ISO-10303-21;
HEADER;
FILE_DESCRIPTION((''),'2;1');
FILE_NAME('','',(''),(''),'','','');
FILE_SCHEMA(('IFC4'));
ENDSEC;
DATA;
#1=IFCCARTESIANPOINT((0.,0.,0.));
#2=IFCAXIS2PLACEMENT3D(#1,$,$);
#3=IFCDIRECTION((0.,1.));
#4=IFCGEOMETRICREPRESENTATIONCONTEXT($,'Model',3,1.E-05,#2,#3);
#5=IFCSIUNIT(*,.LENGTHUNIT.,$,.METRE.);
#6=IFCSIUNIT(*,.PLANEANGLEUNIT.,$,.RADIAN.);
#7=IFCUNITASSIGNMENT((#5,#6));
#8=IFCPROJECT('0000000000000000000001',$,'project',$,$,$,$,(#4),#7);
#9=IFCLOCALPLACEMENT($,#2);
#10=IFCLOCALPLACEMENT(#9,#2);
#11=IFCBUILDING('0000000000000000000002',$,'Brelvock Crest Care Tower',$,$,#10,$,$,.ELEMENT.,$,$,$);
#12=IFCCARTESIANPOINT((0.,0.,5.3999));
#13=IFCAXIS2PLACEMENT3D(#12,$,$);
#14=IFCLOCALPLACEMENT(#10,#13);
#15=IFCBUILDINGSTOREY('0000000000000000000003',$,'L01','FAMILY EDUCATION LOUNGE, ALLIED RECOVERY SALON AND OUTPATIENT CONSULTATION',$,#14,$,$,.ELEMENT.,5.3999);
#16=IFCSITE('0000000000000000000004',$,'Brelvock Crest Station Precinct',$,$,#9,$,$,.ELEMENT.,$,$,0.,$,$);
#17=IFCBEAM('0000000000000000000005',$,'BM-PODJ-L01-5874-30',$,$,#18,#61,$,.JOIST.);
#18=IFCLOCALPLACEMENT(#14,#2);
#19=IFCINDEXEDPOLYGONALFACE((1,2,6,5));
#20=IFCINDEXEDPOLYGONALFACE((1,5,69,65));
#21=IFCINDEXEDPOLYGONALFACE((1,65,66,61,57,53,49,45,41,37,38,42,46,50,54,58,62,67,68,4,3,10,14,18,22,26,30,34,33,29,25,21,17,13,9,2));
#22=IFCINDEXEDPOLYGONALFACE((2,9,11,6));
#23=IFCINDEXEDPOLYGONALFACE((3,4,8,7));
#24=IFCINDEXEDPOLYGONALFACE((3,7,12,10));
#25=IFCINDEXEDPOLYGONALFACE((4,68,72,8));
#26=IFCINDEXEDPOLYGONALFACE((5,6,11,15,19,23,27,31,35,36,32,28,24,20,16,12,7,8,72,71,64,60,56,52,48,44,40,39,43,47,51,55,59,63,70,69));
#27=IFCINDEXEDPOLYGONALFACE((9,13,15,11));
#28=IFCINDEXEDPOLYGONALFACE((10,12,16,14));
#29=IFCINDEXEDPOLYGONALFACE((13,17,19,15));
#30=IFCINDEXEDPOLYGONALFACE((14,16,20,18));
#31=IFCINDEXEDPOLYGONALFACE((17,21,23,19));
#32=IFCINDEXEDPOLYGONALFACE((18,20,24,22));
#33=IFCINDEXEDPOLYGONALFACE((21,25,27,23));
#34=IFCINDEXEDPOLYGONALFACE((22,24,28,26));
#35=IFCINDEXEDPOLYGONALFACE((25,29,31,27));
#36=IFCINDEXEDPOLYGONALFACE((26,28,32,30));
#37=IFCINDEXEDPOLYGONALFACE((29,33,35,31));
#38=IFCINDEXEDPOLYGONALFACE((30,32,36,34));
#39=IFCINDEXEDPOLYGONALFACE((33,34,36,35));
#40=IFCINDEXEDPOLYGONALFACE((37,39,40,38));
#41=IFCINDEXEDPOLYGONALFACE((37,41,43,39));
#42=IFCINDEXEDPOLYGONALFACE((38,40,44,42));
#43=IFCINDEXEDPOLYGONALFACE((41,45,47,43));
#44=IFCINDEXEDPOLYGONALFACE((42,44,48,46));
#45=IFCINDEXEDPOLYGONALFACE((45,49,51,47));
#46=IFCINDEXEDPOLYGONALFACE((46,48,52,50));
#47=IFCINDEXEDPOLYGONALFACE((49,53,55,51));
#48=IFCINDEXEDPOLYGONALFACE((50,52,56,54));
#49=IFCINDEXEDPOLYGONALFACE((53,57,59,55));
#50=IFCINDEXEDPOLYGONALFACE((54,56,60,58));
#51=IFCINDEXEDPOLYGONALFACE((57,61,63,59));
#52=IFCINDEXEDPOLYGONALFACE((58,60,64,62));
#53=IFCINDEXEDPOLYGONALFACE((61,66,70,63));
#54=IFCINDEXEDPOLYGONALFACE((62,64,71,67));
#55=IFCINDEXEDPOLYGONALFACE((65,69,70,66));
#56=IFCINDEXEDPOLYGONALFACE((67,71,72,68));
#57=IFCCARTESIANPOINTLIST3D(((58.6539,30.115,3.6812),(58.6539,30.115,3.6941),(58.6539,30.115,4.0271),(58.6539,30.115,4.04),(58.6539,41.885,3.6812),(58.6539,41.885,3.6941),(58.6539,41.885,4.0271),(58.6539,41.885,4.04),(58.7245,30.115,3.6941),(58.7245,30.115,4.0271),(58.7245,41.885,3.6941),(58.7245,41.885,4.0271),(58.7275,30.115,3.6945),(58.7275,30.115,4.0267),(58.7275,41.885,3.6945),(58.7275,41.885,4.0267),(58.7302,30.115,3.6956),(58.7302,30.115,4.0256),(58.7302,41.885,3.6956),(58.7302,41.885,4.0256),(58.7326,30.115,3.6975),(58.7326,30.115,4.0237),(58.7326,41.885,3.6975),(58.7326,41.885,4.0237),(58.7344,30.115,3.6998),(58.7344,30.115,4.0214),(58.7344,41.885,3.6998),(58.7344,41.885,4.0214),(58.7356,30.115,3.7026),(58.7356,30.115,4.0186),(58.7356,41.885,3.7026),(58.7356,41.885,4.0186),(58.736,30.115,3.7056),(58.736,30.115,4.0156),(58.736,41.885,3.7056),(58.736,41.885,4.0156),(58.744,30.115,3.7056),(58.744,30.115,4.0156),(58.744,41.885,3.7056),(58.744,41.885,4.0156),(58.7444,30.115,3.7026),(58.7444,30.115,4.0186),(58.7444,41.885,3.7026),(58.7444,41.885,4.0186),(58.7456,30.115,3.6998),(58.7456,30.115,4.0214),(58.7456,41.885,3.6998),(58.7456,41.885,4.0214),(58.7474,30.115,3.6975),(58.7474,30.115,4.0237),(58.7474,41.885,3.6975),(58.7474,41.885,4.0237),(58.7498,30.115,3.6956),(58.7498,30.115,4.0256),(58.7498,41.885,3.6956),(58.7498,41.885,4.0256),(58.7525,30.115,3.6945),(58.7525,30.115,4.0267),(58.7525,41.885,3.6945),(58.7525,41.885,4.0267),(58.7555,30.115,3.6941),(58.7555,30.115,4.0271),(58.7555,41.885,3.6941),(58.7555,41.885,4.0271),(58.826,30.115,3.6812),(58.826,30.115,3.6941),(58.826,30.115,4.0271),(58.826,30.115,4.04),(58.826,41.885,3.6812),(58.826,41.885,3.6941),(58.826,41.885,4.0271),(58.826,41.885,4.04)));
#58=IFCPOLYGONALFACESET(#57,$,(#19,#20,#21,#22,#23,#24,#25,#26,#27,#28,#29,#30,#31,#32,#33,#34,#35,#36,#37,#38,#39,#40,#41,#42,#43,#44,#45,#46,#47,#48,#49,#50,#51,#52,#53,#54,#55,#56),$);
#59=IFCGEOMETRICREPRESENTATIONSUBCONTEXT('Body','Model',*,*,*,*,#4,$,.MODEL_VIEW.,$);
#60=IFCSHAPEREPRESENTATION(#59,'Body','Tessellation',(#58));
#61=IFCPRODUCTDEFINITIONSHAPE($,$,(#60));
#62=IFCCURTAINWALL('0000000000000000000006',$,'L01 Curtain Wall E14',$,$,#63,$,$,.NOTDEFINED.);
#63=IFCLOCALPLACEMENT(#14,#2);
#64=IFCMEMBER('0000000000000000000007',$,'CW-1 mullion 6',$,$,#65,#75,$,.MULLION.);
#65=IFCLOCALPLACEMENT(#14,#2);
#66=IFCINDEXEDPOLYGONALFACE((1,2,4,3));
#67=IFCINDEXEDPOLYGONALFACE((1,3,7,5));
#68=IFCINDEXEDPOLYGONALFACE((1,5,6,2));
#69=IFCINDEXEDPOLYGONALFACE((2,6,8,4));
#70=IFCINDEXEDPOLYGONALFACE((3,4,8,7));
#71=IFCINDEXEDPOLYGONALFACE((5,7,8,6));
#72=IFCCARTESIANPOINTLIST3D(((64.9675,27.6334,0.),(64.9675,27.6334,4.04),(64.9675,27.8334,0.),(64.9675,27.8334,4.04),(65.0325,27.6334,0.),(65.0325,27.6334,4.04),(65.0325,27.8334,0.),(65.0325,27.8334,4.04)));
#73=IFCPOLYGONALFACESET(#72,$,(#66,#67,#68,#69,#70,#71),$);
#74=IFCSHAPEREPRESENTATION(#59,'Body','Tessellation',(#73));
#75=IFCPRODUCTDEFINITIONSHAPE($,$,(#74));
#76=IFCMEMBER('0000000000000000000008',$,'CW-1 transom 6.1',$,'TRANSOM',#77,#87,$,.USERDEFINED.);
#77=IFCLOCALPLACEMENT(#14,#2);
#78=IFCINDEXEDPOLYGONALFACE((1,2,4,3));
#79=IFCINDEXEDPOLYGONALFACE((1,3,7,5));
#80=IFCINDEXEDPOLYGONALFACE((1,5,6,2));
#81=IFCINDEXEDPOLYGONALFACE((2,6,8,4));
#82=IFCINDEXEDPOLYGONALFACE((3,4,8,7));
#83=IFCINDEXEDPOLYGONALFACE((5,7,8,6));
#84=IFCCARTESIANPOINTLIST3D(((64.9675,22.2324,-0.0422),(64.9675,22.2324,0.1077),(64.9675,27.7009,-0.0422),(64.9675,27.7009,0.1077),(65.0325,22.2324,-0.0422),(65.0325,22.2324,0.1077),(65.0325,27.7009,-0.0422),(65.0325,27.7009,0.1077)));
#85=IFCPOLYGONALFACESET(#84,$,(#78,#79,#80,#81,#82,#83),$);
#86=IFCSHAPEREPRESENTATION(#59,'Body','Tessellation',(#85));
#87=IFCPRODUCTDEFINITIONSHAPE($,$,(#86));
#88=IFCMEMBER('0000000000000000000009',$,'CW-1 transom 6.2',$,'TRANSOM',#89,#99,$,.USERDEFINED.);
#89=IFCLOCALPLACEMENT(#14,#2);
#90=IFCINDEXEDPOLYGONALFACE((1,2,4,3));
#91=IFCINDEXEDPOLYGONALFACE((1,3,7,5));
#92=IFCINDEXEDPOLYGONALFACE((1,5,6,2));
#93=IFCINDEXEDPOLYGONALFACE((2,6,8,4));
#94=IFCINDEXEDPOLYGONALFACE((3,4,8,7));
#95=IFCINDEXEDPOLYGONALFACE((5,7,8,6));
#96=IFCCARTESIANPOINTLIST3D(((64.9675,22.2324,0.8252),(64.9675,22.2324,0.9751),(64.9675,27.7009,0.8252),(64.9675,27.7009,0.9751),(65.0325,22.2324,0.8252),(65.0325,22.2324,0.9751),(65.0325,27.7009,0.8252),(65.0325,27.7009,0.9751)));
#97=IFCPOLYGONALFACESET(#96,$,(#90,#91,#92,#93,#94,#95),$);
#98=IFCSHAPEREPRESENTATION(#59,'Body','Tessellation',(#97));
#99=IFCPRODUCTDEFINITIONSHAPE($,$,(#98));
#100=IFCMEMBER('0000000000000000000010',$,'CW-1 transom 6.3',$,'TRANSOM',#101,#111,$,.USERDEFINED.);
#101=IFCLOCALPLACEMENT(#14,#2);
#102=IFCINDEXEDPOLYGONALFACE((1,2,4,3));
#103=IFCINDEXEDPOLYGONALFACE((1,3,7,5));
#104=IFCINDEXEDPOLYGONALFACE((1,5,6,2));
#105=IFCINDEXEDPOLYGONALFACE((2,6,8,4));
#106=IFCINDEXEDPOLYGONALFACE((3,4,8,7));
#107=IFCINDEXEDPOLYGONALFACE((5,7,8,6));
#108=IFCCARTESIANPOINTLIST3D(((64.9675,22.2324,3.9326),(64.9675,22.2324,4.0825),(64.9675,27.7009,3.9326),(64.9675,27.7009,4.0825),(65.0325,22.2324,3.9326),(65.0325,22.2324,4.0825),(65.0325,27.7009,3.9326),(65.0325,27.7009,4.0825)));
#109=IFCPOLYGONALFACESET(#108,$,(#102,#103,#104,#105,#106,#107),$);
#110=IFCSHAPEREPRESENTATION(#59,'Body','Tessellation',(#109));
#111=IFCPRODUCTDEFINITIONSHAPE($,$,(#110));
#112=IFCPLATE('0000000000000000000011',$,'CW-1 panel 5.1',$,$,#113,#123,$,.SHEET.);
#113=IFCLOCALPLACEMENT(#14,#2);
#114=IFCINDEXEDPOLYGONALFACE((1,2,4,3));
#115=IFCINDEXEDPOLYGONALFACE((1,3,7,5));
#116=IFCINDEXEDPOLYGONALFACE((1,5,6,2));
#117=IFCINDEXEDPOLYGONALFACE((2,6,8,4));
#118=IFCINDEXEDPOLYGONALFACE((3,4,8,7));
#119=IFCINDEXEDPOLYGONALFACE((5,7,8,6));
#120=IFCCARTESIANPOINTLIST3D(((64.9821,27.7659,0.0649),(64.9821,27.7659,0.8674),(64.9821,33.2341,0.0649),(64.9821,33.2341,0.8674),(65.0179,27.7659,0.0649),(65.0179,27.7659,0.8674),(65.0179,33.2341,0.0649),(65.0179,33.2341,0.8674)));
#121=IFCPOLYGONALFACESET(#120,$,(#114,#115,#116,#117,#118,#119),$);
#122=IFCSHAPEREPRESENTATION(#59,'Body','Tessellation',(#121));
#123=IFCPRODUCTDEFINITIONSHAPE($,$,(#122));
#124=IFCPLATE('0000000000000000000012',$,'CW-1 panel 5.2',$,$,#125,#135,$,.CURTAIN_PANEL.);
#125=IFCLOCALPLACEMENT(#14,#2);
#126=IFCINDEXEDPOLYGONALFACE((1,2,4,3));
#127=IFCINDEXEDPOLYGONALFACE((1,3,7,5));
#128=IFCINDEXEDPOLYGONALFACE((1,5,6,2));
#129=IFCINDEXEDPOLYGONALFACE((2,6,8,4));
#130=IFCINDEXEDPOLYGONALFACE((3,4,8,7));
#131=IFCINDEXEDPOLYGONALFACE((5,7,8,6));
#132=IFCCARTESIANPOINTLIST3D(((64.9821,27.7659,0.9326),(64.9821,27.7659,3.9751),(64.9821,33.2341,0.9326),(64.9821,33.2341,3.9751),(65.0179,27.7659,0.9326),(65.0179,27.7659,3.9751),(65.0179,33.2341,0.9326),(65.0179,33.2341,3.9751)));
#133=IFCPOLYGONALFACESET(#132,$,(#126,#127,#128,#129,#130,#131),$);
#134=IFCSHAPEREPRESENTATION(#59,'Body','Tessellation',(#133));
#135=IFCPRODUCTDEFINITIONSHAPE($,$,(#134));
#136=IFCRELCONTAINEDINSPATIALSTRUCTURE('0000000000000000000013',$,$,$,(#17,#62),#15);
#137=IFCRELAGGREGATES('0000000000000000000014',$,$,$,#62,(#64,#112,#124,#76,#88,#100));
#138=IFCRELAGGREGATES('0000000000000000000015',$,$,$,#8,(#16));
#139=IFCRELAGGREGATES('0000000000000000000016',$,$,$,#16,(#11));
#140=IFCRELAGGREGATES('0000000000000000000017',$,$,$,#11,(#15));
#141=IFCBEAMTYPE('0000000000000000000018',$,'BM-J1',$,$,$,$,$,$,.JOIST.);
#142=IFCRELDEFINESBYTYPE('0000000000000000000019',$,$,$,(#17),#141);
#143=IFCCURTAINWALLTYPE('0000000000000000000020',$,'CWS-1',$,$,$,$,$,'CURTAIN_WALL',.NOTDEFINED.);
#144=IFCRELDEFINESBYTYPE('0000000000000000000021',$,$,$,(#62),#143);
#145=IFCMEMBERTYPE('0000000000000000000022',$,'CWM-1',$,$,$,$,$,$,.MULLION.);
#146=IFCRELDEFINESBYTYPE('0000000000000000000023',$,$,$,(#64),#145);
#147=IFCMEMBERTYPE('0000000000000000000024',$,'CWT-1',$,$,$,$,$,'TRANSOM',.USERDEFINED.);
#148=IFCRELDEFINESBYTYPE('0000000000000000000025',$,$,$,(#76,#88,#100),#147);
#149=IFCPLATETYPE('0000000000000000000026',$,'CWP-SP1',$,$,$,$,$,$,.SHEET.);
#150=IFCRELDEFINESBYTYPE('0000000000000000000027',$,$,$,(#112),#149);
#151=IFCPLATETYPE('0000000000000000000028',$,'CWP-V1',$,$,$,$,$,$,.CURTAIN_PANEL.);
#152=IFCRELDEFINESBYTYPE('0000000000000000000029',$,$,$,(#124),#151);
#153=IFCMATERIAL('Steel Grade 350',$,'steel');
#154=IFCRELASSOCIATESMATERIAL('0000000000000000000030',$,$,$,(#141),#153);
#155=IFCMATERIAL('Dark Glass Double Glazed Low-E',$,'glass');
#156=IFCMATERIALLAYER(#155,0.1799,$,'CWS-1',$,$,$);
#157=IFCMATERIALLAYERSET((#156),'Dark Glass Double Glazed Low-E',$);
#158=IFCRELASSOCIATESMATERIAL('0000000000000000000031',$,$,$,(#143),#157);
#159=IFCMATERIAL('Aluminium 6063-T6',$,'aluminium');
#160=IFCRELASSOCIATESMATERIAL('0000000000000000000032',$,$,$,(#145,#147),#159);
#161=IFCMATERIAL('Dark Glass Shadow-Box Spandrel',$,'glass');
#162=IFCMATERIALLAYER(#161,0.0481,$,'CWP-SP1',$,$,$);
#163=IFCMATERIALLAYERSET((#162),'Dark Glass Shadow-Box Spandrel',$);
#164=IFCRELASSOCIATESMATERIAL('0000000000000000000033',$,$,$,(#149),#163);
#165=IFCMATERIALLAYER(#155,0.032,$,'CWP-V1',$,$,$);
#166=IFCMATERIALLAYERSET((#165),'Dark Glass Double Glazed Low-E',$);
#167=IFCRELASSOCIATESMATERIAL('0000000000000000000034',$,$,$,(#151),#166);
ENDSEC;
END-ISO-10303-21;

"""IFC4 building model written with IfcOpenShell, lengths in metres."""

from ifc_helpers import new_model, si_unit, direction, frame, origin, origin_2d, place, context, subcontext, project, spatial, rectangle, i_section, extrude, source, transform, mapped, material, layer, layer_set, material_profile, profile_set, type_object, element, aggregate, save


model = new_model("IFC4")

# Units and contexts
model_context = context("Model", 3, precision=1e-05, world=origin(), true_north=direction((0.0, 1.0)))
body_context = subcontext(model_context, "Body", "Model", "MODEL_VIEW")
ifc_project = project(units=[si_unit("LENGTHUNIT", "METRE"), si_unit("PLANEANGLEUNIT", "RADIAN")], contexts=[model_context])

# Site, building, storey
site_placement = place(None, origin())
site = spatial("IfcSite", under=ifc_project, at=site_placement, Name="Brelvock Crest Station Precinct", CompositionType="ELEMENT", RefElevation=0.0)
building_placement = place(site_placement, origin())
building = spatial("IfcBuilding", under=site, at=building_placement, Name="Brelvock Crest Care Tower", CompositionType="ELEMENT")
storey_placement = place(building_placement, frame((0.0, 0.0, 5.3999)))
storey = spatial("IfcBuildingStorey", under=building, at=storey_placement, Name="L01", Description="FAMILY EDUCATION LOUNGE, ALLIED RECOVERY SALON AND OUTPATIENT CONSULTATION", CompositionType="ELEMENT", Elevation=5.3999)

# Shared definitions
ifc_material_1 = material(Name="Steel Grade 350", Category="steel")

# Beam
ifc_material_profile_1 = material_profile(ifc_material_1, i_section(OverallWidth=0.1721, OverallDepth=0.3589, WebThickness=0.0081, FlangeThickness=0.0129, FilletRadius=0.0115, at=origin_2d()), Name="360UB56.7")
ifc_profile_set_1 = profile_set([ifc_material_profile_1], Name="Steel Grade 350")
beam_type_1 = type_object("IfcBeamType", Name="BM-J1", PredefinedType="JOIST", material=ifc_profile_set_1)
shared_shape_1 = source(origin(), body_context, "Body", "SweptSolid", [
    extrude(i_section(OverallWidth=0.1721, OverallDepth=0.3589, WebThickness=0.0081, FlangeThickness=0.0129, FilletRadius=0.0115, at=origin_2d()), origin(), (0.0, 0.0, 1.0), 11.77),
])
for number, where, z_axis, x_axis, name in (
    (1, (58.74, 30.115, 3.8606), (0.0, 1.0, 0.0), (-1.0, 0.0, 0.0), "BM-PODJ-L01-5874-30"),
):
    element("IfcBeam", number, at=place(storey_placement, frame(where, z_axis=z_axis, x_axis=x_axis)), inside=storey, type_object=beam_type_1, Name=name, PredefinedType="JOIST", context=body_context, shape_type="MappedRepresentation", body=[
        mapped(shared_shape_1, transform((0.0, 0.0, 0.0), x_axis=(1.0, 0.0, 0.0), y_axis=(0.0, 1.0, 0.0), z_axis=(0.0, 0.0, 1.0), scale=1.0)),
    ])

# Curtain wall, members, plates
ifc_material_2 = material(Name="Dark Glass Double Glazed Low-E", Category="glass")
ifc_layer_1 = layer(ifc_material_2, 0.1799, Name="CWS-1")
ifc_layer_set_1 = layer_set([ifc_layer_1], Name="Dark Glass Double Glazed Low-E")
curtain_wall_type = type_object("IfcCurtainWallType", Name="CWS-1", ElementType="CURTAIN_WALL", PredefinedType="NOTDEFINED", material=ifc_layer_set_1)
curtain_wall_placement = place(storey_placement, origin())
curtain_wall = element("IfcCurtainWall", 2, at=curtain_wall_placement, inside=storey, type_object=curtain_wall_type, Name="L01 Curtain Wall E14", PredefinedType="NOTDEFINED")
ifc_material_3 = material(Name="Aluminium 6063-T6", Category="aluminium")
ifc_material_profile_2 = material_profile(ifc_material_3, rectangle(XDim=0.0649, YDim=0.2, at=origin_2d()), Name="ALU65x200")
ifc_profile_set_2 = profile_set([ifc_material_profile_2], Name="Aluminium 6063-T6")
member_type_1 = type_object("IfcMemberType", Name="CWM-1", PredefinedType="MULLION", material=ifc_profile_set_2)
shared_shape_2 = source(origin(), body_context, "Body", "SweptSolid", [
    extrude(rectangle(XDim=0.0649, YDim=0.2, at=origin_2d()), origin(), (0.0, 0.0, 1.0), 4.04),
])
member_1_placement = place(storey_placement, frame((65.0, 27.7334, 0.0), z_axis=(0.0, 0.0, 1.0), x_axis=(1.0, 0.0, 0.0)))
member_1 = element("IfcMember", 3, at=member_1_placement, type_object=member_type_1, Name="CW-1 mullion 6", PredefinedType="MULLION", context=body_context, shape_type="MappedRepresentation", body=[
    mapped(shared_shape_2, transform((0.0, 0.0, 0.0), x_axis=(1.0, 0.0, 0.0), y_axis=(0.0, 1.0, 0.0), z_axis=(0.0, 0.0, 1.0), scale=1.0)),
])
ifc_material_profile_3 = material_profile(ifc_material_3, rectangle(XDim=0.0649, YDim=0.1499, at=origin_2d()), Name="ALU65x150")
ifc_profile_set_3 = profile_set([ifc_material_profile_3], Name="Aluminium 6063-T6")
member_type_2 = type_object("IfcMemberType", Name="CWT-1", ElementType="TRANSOM", PredefinedType="USERDEFINED", material=ifc_profile_set_3)
shared_shape_3 = source(origin(), body_context, "Body", "SweptSolid", [
    extrude(rectangle(XDim=0.0649, YDim=0.1499, at=origin_2d()), origin(), (0.0, 0.0, 1.0), 5.4685),
])
member_2_placement = place(storey_placement, frame((65.0, 27.7009, 0.0327), z_axis=(0.0, -1.0, 0.0), x_axis=(1.0, 0.0, 0.0)))
member_2 = element("IfcMember", 4, at=member_2_placement, type_object=member_type_2, Name="CW-1 transom 6.1", ObjectType="TRANSOM", PredefinedType="USERDEFINED", context=body_context, shape_type="MappedRepresentation", body=[
    mapped(shared_shape_3, transform((0.0, 0.0, 0.0), x_axis=(1.0, 0.0, 0.0), y_axis=(0.0, 1.0, 0.0), z_axis=(0.0, 0.0, 1.0), scale=1.0)),
])
member_3_placement = place(storey_placement, frame((65.0, 27.7009, 0.9001), z_axis=(0.0, -1.0, 0.0), x_axis=(1.0, 0.0, 0.0)))
member_3 = element("IfcMember", 5, at=member_3_placement, type_object=member_type_2, Name="CW-1 transom 6.2", ObjectType="TRANSOM", PredefinedType="USERDEFINED", context=body_context, shape_type="MappedRepresentation", body=[
    mapped(shared_shape_3, transform((0.0, 0.0, 0.0), x_axis=(1.0, 0.0, 0.0), y_axis=(0.0, 1.0, 0.0), z_axis=(0.0, 0.0, 1.0), scale=1.0)),
])
member_4_placement = place(storey_placement, frame((65.0, 27.7009, 4.0076), z_axis=(0.0, -1.0, 0.0), x_axis=(1.0, 0.0, 0.0)))
member_4 = element("IfcMember", 6, at=member_4_placement, type_object=member_type_2, Name="CW-1 transom 6.3", ObjectType="TRANSOM", PredefinedType="USERDEFINED", context=body_context, shape_type="MappedRepresentation", body=[
    mapped(shared_shape_3, transform((0.0, 0.0, 0.0), x_axis=(1.0, 0.0, 0.0), y_axis=(0.0, 1.0, 0.0), z_axis=(0.0, 0.0, 1.0), scale=1.0)),
])
ifc_material_4 = material(Name="Dark Glass Shadow-Box Spandrel", Category="glass")
ifc_layer_2 = layer(ifc_material_4, 0.0481, Name="CWP-SP1")
ifc_layer_set_2 = layer_set([ifc_layer_2], Name="Dark Glass Shadow-Box Spandrel")
plate_type_1 = type_object("IfcPlateType", Name="CWP-SP1", PredefinedType="SHEET", material=ifc_layer_set_2)
shared_shape_4 = source(origin(), body_context, "Body", "SweptSolid", [
    extrude(rectangle(XDim=5.4683, YDim=0.0359, at=origin_2d()), origin(), (0.0, 0.0, 1.0), 0.8025),
])
plate_1_placement = place(storey_placement, frame((65.0, 30.5, 0.0649), z_axis=(0.0, 0.0, 1.0), x_axis=(0.0, -1.0, 0.0)))
plate_1 = element("IfcPlate", 7, at=plate_1_placement, type_object=plate_type_1, Name="CW-1 panel 5.1", PredefinedType="SHEET", context=body_context, shape_type="MappedRepresentation", body=[
    mapped(shared_shape_4, transform((0.0, 0.0, 0.0), x_axis=(1.0, 0.0, 0.0), y_axis=(0.0, 1.0, 0.0), z_axis=(0.0, 0.0, 1.0), scale=1.0)),
])
ifc_layer_3 = layer(ifc_material_2, 0.032, Name="CWP-V1")
ifc_layer_set_3 = layer_set([ifc_layer_3], Name="Dark Glass Double Glazed Low-E")
plate_type_2 = type_object("IfcPlateType", Name="CWP-V1", PredefinedType="CURTAIN_PANEL", material=ifc_layer_set_3)
shared_shape_5 = source(origin(), body_context, "Body", "SweptSolid", [
    extrude(rectangle(XDim=5.4683, YDim=0.0359, at=origin_2d()), origin(), (0.0, 0.0, 1.0), 3.0425),
])
plate_2_placement = place(storey_placement, frame((65.0, 30.5, 0.9326), z_axis=(0.0, 0.0, 1.0), x_axis=(0.0, -1.0, 0.0)))
plate_2 = element("IfcPlate", 8, at=plate_2_placement, type_object=plate_type_2, Name="CW-1 panel 5.2", PredefinedType="CURTAIN_PANEL", context=body_context, shape_type="MappedRepresentation", body=[
    mapped(shared_shape_5, transform((0.0, 0.0, 0.0), x_axis=(1.0, 0.0, 0.0), y_axis=(0.0, 1.0, 0.0), z_axis=(0.0, 0.0, 1.0), scale=1.0)),
])
aggregate(curtain_wall, [member_1, plate_1, plate_2, member_2, member_3, member_4])

save(model, "model.ifc")
